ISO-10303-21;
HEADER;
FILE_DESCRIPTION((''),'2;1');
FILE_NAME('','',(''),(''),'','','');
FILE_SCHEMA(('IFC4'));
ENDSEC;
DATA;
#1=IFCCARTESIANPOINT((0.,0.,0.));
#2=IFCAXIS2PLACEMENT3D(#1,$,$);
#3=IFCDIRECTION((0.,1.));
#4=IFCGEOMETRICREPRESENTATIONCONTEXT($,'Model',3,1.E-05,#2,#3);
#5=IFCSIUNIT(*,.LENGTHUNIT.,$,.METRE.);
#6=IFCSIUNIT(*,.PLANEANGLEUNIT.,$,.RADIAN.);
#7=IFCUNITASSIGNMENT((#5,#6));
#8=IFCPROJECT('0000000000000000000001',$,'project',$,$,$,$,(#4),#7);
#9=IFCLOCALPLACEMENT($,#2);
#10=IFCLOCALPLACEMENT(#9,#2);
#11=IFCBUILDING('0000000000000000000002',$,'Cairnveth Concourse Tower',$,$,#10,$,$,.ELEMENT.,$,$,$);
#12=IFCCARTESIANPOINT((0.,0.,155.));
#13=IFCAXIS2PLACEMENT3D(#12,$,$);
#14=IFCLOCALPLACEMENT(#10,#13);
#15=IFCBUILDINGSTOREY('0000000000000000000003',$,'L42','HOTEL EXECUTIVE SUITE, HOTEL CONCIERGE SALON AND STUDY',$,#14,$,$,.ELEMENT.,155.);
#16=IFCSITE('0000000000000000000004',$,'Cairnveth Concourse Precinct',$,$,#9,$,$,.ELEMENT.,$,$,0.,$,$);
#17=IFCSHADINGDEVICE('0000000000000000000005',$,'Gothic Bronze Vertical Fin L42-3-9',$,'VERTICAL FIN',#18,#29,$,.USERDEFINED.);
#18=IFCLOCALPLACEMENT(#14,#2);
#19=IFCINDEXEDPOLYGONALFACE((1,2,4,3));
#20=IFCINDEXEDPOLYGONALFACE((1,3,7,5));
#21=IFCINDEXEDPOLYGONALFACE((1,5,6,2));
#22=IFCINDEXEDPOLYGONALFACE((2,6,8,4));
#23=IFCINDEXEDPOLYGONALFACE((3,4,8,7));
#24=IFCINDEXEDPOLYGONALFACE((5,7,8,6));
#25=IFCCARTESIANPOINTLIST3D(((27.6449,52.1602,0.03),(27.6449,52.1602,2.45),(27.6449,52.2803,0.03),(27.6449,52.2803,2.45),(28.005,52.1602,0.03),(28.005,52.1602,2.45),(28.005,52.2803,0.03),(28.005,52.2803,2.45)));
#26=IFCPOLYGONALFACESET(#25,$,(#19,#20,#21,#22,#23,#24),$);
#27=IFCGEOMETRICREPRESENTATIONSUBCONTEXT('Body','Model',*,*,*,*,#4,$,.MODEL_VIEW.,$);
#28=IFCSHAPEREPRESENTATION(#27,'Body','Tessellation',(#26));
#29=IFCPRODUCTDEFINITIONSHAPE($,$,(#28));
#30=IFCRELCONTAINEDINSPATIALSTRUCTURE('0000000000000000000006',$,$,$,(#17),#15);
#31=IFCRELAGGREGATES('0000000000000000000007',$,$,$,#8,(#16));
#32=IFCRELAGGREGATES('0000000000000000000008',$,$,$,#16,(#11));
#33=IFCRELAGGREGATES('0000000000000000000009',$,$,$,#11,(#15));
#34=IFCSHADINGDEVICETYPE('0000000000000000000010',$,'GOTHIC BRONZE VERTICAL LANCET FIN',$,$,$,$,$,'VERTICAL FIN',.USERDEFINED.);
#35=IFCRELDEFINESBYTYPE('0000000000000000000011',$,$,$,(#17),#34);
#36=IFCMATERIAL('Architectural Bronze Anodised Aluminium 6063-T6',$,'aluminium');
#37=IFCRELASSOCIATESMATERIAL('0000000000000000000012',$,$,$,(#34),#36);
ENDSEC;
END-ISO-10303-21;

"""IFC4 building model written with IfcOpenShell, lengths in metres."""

from ifc_helpers import new_model, si_unit, direction, frame, origin, origin_2d, place, context, subcontext, project, spatial, rectangle, extrude, material, type_object, element, save


model = new_model("IFC4")

# Units and contexts
model_context = context("Model", 3, precision=1e-05, world=origin(), true_north=direction((0.0, 1.0)))
body_context = subcontext(model_context, "Body", "Model", "MODEL_VIEW")
ifc_project = project(units=[si_unit("LENGTHUNIT", "METRE"), si_unit("PLANEANGLEUNIT", "RADIAN")], contexts=[model_context])

# Site, building, storey
site_placement = place(None, origin())
site = spatial("IfcSite", under=ifc_project, at=site_placement, Name="Cairnveth Concourse Precinct", CompositionType="ELEMENT", RefElevation=0.0)
building_placement = place(site_placement, origin())
building = spatial("IfcBuilding", under=site, at=building_placement, Name="Cairnveth Concourse Tower", CompositionType="ELEMENT")
storey_placement = place(building_placement, frame((0.0, 0.0, 155.0)))
storey = spatial("IfcBuildingStorey", under=building, at=storey_placement, Name="L42", Description="HOTEL EXECUTIVE SUITE, HOTEL CONCIERGE SALON AND STUDY", CompositionType="ELEMENT", Elevation=155.0)

# Shading device
ifc_material_1 = material(Name="Architectural Bronze Anodised Aluminium 6063-T6", Category="aluminium")
shading_device_type = type_object("IfcShadingDeviceType", Name="GOTHIC BRONZE VERTICAL LANCET FIN", ElementType="VERTICAL FIN", PredefinedType="USERDEFINED", material=ifc_material_1)
shading_device_placement = place(storey_placement, frame((27.825, 52.2202, 0.03), z_axis=(0.0, 0.0, 1.0), x_axis=(0.0, 1.0, 0.0)))
element("IfcShadingDevice", 1, at=shading_device_placement, inside=storey, type_object=shading_device_type, Name="Gothic Bronze Vertical Fin L42-3-9", ObjectType="VERTICAL FIN", PredefinedType="USERDEFINED", context=body_context, shape_type="SweptSolid", body=[
    extrude(rectangle(XDim=0.1201, YDim=0.3601, at=origin_2d()), origin(), (0.0, 0.0, 1.0), 2.4199),
])

save(model, "model.ifc")
